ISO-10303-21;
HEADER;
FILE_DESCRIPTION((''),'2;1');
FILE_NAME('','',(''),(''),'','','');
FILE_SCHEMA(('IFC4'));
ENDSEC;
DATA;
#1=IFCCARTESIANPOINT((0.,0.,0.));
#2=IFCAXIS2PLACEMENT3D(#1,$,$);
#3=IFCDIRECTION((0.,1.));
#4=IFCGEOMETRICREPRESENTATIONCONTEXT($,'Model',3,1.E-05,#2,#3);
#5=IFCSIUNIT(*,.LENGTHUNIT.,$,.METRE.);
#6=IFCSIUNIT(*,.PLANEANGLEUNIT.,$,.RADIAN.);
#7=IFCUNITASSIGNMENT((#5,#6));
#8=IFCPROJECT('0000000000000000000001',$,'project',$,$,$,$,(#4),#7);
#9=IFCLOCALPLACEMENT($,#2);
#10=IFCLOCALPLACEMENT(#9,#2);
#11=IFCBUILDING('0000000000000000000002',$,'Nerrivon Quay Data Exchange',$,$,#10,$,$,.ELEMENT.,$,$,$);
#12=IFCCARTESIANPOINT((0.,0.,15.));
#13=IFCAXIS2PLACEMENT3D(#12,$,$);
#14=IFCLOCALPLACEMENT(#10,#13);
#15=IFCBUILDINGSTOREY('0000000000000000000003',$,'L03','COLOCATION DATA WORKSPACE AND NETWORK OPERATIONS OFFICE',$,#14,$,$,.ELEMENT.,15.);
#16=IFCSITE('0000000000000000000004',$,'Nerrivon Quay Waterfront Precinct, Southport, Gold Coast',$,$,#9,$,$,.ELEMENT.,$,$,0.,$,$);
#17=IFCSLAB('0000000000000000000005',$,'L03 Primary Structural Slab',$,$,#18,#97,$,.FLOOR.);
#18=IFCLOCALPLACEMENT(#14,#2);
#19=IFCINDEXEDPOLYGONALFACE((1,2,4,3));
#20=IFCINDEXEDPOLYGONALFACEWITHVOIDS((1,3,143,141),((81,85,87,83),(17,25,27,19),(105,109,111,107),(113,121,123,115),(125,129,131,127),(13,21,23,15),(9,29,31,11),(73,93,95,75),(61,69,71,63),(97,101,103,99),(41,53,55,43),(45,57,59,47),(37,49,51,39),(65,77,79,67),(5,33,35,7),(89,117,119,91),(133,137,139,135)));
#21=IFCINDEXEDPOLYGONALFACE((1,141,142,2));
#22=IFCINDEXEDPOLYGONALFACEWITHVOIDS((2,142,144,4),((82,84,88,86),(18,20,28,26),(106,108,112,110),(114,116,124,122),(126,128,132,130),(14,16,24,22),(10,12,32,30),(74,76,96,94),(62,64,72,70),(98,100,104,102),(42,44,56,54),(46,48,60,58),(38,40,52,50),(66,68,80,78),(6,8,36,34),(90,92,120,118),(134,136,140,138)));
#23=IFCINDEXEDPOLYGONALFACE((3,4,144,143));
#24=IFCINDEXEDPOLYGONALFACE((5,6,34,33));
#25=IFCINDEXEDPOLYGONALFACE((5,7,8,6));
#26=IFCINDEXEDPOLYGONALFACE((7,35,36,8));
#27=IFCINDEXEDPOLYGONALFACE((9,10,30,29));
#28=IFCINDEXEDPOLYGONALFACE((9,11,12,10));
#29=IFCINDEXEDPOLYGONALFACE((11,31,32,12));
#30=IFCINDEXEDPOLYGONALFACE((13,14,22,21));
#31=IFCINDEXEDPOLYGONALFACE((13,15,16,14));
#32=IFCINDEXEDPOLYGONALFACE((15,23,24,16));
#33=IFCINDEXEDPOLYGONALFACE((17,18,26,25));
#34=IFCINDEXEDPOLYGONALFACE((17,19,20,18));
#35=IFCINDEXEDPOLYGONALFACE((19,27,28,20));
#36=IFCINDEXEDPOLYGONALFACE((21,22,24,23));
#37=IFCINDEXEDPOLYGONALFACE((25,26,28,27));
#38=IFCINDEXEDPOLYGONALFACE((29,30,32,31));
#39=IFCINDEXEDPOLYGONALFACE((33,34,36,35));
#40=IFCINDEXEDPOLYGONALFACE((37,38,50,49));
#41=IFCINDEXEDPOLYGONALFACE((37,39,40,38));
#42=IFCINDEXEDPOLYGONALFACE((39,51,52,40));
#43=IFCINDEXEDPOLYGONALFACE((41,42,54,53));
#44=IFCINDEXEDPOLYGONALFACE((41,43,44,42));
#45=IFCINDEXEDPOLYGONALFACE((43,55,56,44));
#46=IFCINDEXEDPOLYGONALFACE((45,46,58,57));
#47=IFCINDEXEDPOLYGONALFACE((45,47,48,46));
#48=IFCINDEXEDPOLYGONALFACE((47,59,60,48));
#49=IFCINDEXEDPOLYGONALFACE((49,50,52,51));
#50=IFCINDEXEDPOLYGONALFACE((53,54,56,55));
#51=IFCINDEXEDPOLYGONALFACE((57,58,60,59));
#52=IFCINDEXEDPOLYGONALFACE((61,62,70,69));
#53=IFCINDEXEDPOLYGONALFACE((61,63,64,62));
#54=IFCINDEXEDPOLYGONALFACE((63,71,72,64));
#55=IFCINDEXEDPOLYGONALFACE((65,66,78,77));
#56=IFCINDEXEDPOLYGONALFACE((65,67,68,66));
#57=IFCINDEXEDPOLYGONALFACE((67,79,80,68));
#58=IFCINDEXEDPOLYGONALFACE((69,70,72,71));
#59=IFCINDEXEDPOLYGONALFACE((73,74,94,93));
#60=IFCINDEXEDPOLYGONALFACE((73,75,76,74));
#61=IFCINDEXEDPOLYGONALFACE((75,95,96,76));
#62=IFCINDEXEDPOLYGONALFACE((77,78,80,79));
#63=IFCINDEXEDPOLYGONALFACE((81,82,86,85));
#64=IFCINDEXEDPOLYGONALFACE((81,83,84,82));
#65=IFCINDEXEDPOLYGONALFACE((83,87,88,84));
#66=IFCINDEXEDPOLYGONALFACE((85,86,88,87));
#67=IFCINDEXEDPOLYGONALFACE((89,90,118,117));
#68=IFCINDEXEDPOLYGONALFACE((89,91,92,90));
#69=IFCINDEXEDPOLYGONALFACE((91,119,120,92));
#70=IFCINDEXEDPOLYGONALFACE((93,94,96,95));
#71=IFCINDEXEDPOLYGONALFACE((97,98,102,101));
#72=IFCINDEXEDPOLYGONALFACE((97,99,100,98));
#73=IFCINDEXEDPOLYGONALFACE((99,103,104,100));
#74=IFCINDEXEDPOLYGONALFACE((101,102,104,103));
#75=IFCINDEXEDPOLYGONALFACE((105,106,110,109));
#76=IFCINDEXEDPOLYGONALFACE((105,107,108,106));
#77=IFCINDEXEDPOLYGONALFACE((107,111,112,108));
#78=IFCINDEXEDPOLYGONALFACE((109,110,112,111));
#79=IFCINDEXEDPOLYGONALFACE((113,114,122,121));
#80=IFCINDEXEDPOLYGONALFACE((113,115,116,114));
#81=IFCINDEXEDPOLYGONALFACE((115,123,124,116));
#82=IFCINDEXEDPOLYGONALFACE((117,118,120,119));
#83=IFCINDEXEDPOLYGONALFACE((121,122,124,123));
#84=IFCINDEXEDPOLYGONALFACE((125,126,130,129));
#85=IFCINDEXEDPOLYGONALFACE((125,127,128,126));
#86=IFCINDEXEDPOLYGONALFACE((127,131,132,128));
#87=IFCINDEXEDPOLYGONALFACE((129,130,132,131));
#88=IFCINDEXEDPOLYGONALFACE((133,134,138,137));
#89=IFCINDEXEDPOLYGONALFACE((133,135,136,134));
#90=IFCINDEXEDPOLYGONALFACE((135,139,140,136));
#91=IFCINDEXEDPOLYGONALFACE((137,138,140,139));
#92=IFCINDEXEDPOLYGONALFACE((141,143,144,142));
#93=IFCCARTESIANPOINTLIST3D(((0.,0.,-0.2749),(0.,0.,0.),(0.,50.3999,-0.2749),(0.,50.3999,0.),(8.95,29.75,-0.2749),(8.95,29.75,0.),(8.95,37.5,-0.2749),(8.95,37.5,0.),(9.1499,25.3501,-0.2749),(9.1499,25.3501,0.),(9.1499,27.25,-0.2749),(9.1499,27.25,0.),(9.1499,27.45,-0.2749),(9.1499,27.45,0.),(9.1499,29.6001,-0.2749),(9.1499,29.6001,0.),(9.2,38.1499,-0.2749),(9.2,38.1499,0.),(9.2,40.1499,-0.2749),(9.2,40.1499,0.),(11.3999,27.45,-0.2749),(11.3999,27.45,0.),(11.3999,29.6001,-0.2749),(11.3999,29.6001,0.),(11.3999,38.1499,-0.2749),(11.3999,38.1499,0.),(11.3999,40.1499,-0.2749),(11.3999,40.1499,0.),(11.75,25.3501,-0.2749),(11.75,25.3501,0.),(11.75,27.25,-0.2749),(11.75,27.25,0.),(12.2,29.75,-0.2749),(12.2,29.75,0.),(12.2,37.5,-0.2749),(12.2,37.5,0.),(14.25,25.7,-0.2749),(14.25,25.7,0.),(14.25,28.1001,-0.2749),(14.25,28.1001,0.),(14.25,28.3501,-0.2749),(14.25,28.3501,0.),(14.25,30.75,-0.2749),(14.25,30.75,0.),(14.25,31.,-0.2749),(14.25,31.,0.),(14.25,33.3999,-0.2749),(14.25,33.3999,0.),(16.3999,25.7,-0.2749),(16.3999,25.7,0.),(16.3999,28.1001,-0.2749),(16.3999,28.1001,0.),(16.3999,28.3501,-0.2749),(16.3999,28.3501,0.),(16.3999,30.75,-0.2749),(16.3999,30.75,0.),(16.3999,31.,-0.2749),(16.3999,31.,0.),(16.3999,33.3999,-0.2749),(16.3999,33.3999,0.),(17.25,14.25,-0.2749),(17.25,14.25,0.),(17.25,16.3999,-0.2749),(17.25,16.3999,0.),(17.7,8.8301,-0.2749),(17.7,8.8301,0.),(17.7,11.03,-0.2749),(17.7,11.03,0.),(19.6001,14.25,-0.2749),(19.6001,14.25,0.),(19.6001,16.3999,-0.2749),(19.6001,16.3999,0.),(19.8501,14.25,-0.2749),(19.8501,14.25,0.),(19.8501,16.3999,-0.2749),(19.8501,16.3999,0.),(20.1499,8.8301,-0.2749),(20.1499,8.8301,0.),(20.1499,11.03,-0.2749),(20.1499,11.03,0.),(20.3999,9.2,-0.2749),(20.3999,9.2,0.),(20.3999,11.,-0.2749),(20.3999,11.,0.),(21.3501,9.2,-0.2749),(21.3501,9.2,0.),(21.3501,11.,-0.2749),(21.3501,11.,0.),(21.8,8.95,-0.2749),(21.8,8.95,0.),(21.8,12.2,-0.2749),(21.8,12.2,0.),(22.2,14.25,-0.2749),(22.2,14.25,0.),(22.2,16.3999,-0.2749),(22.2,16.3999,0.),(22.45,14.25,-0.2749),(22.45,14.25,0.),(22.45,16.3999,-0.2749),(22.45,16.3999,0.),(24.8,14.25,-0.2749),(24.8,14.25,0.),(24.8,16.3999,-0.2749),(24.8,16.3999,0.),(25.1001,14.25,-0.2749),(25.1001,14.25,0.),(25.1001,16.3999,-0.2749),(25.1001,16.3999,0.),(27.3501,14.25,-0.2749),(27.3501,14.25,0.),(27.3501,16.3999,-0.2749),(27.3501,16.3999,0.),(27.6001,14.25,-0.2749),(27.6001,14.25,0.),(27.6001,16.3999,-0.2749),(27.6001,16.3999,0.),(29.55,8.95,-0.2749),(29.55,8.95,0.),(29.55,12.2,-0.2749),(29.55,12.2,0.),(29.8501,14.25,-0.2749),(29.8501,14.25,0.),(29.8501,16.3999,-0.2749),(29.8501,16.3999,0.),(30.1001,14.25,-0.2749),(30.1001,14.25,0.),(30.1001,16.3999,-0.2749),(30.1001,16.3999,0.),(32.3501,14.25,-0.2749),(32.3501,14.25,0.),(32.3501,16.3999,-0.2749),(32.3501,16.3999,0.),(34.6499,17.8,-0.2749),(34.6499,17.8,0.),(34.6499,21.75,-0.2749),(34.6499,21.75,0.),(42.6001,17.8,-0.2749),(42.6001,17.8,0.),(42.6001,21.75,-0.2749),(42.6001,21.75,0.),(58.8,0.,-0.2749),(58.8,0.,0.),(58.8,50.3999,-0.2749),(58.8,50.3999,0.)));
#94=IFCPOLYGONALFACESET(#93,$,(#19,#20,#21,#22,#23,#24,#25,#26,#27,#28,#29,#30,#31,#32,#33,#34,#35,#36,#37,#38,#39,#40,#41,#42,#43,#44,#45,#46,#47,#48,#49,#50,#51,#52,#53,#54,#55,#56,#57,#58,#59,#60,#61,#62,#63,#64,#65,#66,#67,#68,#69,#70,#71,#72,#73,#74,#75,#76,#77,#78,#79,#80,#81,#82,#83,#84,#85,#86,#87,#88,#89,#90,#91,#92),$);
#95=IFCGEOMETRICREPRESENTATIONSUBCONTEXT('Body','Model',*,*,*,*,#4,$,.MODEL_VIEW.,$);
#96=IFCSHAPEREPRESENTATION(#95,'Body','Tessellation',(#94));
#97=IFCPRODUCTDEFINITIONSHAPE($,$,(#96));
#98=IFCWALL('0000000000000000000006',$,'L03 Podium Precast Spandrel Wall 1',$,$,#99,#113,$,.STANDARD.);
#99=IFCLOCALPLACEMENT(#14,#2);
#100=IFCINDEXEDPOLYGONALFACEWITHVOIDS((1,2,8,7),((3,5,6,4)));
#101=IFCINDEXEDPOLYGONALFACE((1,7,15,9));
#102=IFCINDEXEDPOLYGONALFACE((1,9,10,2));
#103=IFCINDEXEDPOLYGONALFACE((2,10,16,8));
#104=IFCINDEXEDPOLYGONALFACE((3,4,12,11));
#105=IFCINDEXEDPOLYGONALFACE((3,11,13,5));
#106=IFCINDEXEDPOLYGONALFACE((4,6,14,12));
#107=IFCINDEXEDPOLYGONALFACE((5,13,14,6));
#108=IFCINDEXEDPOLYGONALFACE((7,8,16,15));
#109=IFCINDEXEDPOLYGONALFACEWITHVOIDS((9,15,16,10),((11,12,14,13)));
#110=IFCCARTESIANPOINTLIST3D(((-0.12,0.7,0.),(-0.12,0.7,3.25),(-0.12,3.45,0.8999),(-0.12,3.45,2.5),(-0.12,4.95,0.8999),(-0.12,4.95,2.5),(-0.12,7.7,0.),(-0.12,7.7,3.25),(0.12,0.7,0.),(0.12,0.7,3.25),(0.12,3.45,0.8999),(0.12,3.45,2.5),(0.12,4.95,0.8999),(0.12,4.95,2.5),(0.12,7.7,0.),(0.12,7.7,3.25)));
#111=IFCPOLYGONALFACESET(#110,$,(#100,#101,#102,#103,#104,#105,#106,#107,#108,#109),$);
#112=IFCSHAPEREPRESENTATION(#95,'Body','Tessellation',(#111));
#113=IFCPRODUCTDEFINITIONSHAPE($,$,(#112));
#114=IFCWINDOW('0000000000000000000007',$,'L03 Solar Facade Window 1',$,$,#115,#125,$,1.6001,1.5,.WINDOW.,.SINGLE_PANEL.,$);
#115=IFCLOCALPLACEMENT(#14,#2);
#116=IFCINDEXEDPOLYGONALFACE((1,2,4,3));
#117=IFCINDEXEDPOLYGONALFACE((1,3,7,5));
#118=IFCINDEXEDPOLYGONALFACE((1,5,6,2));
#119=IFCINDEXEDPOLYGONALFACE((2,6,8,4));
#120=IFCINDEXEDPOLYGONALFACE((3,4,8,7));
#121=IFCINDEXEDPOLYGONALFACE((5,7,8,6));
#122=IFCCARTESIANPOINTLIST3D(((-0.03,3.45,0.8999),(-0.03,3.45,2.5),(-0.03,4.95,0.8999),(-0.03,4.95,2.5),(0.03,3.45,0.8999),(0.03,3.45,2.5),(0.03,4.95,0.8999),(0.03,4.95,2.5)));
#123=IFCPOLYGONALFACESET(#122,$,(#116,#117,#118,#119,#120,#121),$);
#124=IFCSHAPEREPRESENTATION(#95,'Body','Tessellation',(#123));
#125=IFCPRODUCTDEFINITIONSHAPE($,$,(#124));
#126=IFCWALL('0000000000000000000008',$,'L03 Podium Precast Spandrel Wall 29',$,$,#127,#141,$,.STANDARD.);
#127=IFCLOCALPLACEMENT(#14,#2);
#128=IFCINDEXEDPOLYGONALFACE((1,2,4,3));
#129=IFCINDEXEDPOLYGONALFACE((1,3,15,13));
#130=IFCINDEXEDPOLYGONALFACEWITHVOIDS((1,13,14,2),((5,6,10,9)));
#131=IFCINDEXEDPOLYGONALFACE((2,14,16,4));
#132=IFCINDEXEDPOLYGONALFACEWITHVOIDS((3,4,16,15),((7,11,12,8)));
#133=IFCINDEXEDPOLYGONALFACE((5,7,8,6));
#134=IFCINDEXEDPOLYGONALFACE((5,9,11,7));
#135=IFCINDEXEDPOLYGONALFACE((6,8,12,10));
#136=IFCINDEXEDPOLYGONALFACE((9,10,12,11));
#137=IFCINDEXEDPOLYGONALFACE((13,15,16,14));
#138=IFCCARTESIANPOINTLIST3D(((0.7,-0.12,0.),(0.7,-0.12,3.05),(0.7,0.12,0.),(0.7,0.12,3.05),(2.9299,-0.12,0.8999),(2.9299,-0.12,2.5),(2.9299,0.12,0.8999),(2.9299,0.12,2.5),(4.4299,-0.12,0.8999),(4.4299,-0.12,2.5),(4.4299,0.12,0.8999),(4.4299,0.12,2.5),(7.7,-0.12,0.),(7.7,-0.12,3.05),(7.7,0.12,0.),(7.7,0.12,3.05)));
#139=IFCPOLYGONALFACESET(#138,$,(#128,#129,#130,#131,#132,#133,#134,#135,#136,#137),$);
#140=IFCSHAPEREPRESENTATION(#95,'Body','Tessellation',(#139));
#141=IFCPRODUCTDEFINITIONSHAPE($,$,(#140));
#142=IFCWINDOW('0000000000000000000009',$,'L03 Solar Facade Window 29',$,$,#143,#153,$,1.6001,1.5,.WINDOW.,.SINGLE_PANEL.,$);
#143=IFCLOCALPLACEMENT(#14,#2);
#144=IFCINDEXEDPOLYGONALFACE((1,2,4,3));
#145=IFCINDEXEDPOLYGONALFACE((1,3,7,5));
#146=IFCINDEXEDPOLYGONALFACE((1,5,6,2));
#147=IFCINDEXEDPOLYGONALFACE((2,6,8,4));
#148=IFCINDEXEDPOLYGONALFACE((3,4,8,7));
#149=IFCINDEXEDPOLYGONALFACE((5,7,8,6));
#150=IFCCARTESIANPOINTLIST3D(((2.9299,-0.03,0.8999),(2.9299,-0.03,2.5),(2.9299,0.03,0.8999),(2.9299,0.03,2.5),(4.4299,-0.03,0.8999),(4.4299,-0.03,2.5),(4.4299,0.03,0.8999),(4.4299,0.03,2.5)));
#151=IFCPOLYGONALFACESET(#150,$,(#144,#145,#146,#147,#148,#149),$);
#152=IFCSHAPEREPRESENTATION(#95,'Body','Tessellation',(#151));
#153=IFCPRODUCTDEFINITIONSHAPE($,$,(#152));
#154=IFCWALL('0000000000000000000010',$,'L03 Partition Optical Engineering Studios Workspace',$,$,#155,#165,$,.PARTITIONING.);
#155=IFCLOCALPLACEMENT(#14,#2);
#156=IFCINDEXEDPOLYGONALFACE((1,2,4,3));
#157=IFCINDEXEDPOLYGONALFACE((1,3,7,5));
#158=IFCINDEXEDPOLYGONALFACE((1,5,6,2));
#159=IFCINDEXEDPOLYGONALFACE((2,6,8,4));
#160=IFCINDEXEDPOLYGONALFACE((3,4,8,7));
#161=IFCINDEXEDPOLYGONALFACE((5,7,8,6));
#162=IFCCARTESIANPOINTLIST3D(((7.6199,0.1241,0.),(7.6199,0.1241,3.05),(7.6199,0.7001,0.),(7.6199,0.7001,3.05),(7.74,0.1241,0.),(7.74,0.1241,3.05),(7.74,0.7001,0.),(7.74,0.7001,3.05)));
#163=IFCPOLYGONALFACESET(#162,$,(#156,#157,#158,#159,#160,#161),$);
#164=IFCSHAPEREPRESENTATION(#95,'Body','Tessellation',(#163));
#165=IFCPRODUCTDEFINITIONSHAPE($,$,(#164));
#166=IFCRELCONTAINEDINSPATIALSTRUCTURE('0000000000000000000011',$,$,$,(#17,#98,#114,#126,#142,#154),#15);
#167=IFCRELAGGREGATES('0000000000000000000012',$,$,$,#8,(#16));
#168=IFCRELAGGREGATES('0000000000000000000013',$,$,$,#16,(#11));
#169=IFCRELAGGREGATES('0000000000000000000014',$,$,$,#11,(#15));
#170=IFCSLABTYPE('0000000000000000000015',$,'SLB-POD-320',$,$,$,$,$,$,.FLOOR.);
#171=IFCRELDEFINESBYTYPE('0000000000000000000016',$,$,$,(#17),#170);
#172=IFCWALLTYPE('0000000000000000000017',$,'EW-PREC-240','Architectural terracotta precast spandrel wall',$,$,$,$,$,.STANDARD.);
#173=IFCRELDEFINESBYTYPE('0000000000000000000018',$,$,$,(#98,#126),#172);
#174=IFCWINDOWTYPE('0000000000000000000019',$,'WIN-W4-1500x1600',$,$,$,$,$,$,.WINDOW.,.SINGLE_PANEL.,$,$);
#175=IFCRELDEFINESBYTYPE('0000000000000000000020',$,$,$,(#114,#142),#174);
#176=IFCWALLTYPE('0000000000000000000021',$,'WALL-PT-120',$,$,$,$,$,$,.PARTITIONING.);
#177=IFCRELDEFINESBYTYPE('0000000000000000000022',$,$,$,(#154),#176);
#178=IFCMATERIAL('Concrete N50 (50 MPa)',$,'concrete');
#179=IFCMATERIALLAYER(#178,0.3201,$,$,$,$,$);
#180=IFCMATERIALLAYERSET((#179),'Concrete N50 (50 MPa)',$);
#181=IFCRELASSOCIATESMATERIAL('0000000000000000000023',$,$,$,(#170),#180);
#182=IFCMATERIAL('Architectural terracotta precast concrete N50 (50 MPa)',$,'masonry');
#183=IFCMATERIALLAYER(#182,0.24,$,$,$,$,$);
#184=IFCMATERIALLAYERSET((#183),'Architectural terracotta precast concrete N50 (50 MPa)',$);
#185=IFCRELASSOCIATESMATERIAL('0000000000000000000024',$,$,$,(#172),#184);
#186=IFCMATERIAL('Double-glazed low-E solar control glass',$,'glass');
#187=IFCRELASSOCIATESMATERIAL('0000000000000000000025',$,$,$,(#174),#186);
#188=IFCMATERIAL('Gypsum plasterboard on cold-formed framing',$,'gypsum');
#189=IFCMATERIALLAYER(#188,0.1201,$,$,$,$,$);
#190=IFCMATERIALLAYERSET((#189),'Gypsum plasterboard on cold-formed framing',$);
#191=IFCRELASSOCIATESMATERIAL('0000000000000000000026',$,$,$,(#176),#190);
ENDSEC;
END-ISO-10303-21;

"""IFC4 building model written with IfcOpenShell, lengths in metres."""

from ifc_helpers import new_model, si_unit, direction, frame, frame_2d, origin, place, context, subcontext, project, spatial, polyline, rectangle, outline, extrude, material, layer, layer_set, type_object, element, fill, save


model = new_model("IFC4")

# Units and contexts
model_context = context("Model", 3, precision=1e-05, world=origin(), true_north=direction((0.0, 1.0)))
body_context = subcontext(model_context, "Body", "Model", "MODEL_VIEW")
ifc_project = project(units=[si_unit("LENGTHUNIT", "METRE"), si_unit("PLANEANGLEUNIT", "RADIAN")], contexts=[model_context])

# Site, building, storey
site_placement = place(None, origin())
site = spatial("IfcSite", under=ifc_project, at=site_placement, Name="Nerrivon Quay Waterfront Precinct, Southport, Gold Coast", CompositionType="ELEMENT", RefElevation=0.0)
building_placement = place(site_placement, origin())
building = spatial("IfcBuilding", under=site, at=building_placement, Name="Nerrivon Quay Data Exchange", CompositionType="ELEMENT")
storey_placement = place(building_placement, frame((0.0, 0.0, 15.0)))
storey = spatial("IfcBuildingStorey", under=building, at=storey_placement, Name="L03", Description="COLOCATION DATA WORKSPACE AND NETWORK OPERATIONS OFFICE", CompositionType="ELEMENT", Elevation=15.0)

# Shared definitions
ifc_material_1 = material(Name="Concrete N50 (50 MPa)", Category="concrete")

# Slab
ifc_layer_1 = layer(ifc_material_1, 0.3201)
ifc_layer_set_1 = layer_set([ifc_layer_1], Name="Concrete N50 (50 MPa)")
slab_type_1 = type_object("IfcSlabType", Name="SLB-POD-320", PredefinedType="FLOOR", material=ifc_layer_set_1)
slab_1_placement = place(storey_placement, frame((0.0, 0.0, -0.2749)))
element("IfcSlab", 1, at=slab_1_placement, inside=storey, type_object=slab_type_1, Name="L03 Primary Structural Slab", PredefinedType="FLOOR", context=body_context, shape_type="SweptSolid", body=[
    extrude(outline(polyline([(58.8, 0.0), (58.8, 50.3999), (0.0, 50.3999), (0.0, 0.0), (58.8, 0.0)]), holes=[polyline([(8.95, 29.75), (8.95, 37.5), (12.2, 37.5), (12.2, 29.75), (8.95, 29.75)]), polyline([(21.8, 12.2), (29.55, 12.2), (29.55, 8.95), (21.8, 8.95), (21.8, 12.2)]), polyline([(34.6499, 21.75), (42.6001, 21.75), (42.6001, 17.8), (34.6499, 17.8), (34.6499, 21.75)]), polyline([(30.1001, 16.3999), (32.3501, 16.3999), (32.3501, 14.25), (30.1001, 14.25), (30.1001, 16.3999)]), polyline([(27.6001, 16.3999), (29.8501, 16.3999), (29.8501, 14.25), (27.6001, 14.25), (27.6001, 16.3999)]), polyline([(25.1001, 16.3999), (27.3501, 16.3999), (27.3501, 14.25), (25.1001, 14.25), (25.1001, 16.3999)]), polyline([(22.45, 16.3999), (24.8, 16.3999), (24.8, 14.25), (22.45, 14.25), (22.45, 16.3999)]), polyline([(19.8501, 16.3999), (22.2, 16.3999), (22.2, 14.25), (19.8501, 14.25), (19.8501, 16.3999)]), polyline([(20.3999, 11.0), (21.3501, 11.0), (21.3501, 9.2), (20.3999, 9.2), (20.3999, 11.0)]), polyline([(17.7, 8.8301), (17.7, 11.03), (20.1499, 11.03), (20.1499, 8.8301), (17.7, 8.8301)]), polyline([(17.25, 14.25), (17.25, 16.3999), (19.6001, 16.3999), (19.6001, 14.25), (17.25, 14.25)]), polyline([(14.25, 28.1001), (16.3999, 28.1001), (16.3999, 25.7), (14.25, 25.7), (14.25, 28.1001)]), polyline([(14.25, 30.75), (16.3999, 30.75), (16.3999, 28.3501), (14.25, 28.3501), (14.25, 30.75)]), polyline([(14.25, 33.3999), (16.3999, 33.3999), (16.3999, 31.0), (14.25, 31.0), (14.25, 33.3999)]), polyline([(9.1499, 27.25), (11.75, 27.25), (11.75, 25.3501), (9.1499, 25.3501), (9.1499, 27.25)]), polyline([(9.1499, 29.6001), (11.3999, 29.6001), (11.3999, 27.45), (9.1499, 27.45), (9.1499, 29.6001)]), polyline([(9.2, 40.1499), (11.3999, 40.1499), (11.3999, 38.1499), (9.2, 38.1499), (9.2, 40.1499)])]), origin(), (0.0, 0.0, 1.0), 0.2749),
])

# Walls, openings, windows
ifc_material_2 = material(Name="Architectural terracotta precast concrete N50 (50 MPa)", Category="masonry")
ifc_layer_2 = layer(ifc_material_2, 0.24)
ifc_layer_set_2 = layer_set([ifc_layer_2], Name="Architectural terracotta precast concrete N50 (50 MPa)")
wall_type_1 = type_object("IfcWallType", Name="EW-PREC-240", Description="Architectural terracotta precast spandrel wall", PredefinedType="STANDARD", material=ifc_layer_set_2)
wall_1_placement = place(storey_placement, frame((0.0, 0.7, 0.0), z_axis=(0.0, 0.0, 1.0), x_axis=(0.0, 1.0, 0.0)))
wall_1 = element("IfcWall", 2, at=wall_1_placement, inside=storey, type_object=wall_type_1, Name="L03 Podium Precast Spandrel Wall 1", PredefinedType="STANDARD", context=body_context, shape_type="SweptSolid", body=[
    extrude(rectangle(XDim=7.0, YDim=0.24, at=frame_2d((3.5, 0.0))), origin(), (0.0, 0.0, 1.0), 3.25),
])
opening_1_placement = place(wall_1_placement, frame((2.75, 0.0, 0.8999)))
opening_1 = element("IfcOpeningElement", 3, at=opening_1_placement, cuts=wall_1, PredefinedType="OPENING", context=body_context, shape_type="SweptSolid", body=[
    extrude(rectangle(XDim=1.5, YDim=1.6001, at=frame_2d((0.75, 0.8))), frame((0.0, 0.1299, 0.0), z_axis=(0.0, -1.0, 0.0), x_axis=(1.0, 0.0, 0.0)), (0.0, 0.0, 1.0), 0.26),
])
ifc_material_3 = material(Name="Double-glazed low-E solar control glass", Category="glass")
window_type = type_object("IfcWindowType", Name="WIN-W4-1500x1600", PartitioningType="SINGLE_PANEL", PredefinedType="WINDOW", material=ifc_material_3)
window_1_placement = place(opening_1_placement, origin())
window_1 = element("IfcWindow", 4, at=window_1_placement, inside=storey, type_object=window_type, Name="L03 Solar Facade Window 1", OverallHeight=1.6001, OverallWidth=1.5, PartitioningType="SINGLE_PANEL", PredefinedType="WINDOW", context=body_context, shape_type="SweptSolid", body=[
    extrude(rectangle(XDim=1.5, YDim=1.6001, at=frame_2d((0.75, 0.8))), frame((0.0, 0.03, 0.0), z_axis=(0.0, -1.0, 0.0), x_axis=(1.0, 0.0, 0.0)), (0.0, 0.0, 1.0), 0.0601),
])
fill(opening_1, window_1)
wall_2_placement = place(storey_placement, frame((7.7, 0.0, 0.0), z_axis=(0.0, 0.0, 1.0), x_axis=(-1.0, 0.0, 0.0)))
wall_2 = element("IfcWall", 5, at=wall_2_placement, inside=storey, type_object=wall_type_1, Name="L03 Podium Precast Spandrel Wall 29", PredefinedType="STANDARD", context=body_context, shape_type="SweptSolid", body=[
    extrude(rectangle(XDim=7.0, YDim=0.24, at=frame_2d((3.5, 0.0))), origin(), (0.0, 0.0, 1.0), 3.05),
])
opening_2_placement = place(wall_2_placement, frame((3.27, 0.0, 0.8999)))
opening_2 = element("IfcOpeningElement", 6, at=opening_2_placement, cuts=wall_2, PredefinedType="OPENING", context=body_context, shape_type="SweptSolid", body=[
    extrude(rectangle(XDim=1.5, YDim=1.6001, at=frame_2d((0.75, 0.8))), frame((0.0, 0.1299, 0.0), z_axis=(0.0, -1.0, 0.0), x_axis=(1.0, 0.0, 0.0)), (0.0, 0.0, 1.0), 0.26),
])
window_2_placement = place(opening_2_placement, origin())
window_2 = element("IfcWindow", 7, at=window_2_placement, inside=storey, type_object=window_type, Name="L03 Solar Facade Window 29", OverallHeight=1.6001, OverallWidth=1.5, PartitioningType="SINGLE_PANEL", PredefinedType="WINDOW", context=body_context, shape_type="SweptSolid", body=[
    extrude(rectangle(XDim=1.5, YDim=1.6001, at=frame_2d((0.75, 0.8))), frame((0.0, 0.03, 0.0), z_axis=(0.0, -1.0, 0.0), x_axis=(1.0, 0.0, 0.0)), (0.0, 0.0, 1.0), 0.0601),
])
fill(opening_2, window_2)

# Wall
ifc_material_4 = material(Name="Gypsum plasterboard on cold-formed framing", Category="gypsum")
ifc_layer_3 = layer(ifc_material_4, 0.1201)
ifc_layer_set_3 = layer_set([ifc_layer_3], Name="Gypsum plasterboard on cold-formed framing")
wall_type_2 = type_object("IfcWallType", Name="WALL-PT-120", PredefinedType="PARTITIONING", material=ifc_layer_set_3)
wall_3_placement = place(storey_placement, frame((7.6799, 0.124, 0.0), z_axis=(0.0, 0.0, 1.0), x_axis=(0.0, 1.0, 0.0)))
element("IfcWall", 8, at=wall_3_placement, inside=storey, type_object=wall_type_2, Name="L03 Partition Optical Engineering Studios Workspace", PredefinedType="PARTITIONING", context=body_context, shape_type="SweptSolid", body=[
    extrude(rectangle(XDim=0.5759, YDim=0.1201, at=frame_2d((0.2881, 0.0))), origin(), (0.0, 0.0, 1.0), 3.05),
])

save(model, "model.ifc")
